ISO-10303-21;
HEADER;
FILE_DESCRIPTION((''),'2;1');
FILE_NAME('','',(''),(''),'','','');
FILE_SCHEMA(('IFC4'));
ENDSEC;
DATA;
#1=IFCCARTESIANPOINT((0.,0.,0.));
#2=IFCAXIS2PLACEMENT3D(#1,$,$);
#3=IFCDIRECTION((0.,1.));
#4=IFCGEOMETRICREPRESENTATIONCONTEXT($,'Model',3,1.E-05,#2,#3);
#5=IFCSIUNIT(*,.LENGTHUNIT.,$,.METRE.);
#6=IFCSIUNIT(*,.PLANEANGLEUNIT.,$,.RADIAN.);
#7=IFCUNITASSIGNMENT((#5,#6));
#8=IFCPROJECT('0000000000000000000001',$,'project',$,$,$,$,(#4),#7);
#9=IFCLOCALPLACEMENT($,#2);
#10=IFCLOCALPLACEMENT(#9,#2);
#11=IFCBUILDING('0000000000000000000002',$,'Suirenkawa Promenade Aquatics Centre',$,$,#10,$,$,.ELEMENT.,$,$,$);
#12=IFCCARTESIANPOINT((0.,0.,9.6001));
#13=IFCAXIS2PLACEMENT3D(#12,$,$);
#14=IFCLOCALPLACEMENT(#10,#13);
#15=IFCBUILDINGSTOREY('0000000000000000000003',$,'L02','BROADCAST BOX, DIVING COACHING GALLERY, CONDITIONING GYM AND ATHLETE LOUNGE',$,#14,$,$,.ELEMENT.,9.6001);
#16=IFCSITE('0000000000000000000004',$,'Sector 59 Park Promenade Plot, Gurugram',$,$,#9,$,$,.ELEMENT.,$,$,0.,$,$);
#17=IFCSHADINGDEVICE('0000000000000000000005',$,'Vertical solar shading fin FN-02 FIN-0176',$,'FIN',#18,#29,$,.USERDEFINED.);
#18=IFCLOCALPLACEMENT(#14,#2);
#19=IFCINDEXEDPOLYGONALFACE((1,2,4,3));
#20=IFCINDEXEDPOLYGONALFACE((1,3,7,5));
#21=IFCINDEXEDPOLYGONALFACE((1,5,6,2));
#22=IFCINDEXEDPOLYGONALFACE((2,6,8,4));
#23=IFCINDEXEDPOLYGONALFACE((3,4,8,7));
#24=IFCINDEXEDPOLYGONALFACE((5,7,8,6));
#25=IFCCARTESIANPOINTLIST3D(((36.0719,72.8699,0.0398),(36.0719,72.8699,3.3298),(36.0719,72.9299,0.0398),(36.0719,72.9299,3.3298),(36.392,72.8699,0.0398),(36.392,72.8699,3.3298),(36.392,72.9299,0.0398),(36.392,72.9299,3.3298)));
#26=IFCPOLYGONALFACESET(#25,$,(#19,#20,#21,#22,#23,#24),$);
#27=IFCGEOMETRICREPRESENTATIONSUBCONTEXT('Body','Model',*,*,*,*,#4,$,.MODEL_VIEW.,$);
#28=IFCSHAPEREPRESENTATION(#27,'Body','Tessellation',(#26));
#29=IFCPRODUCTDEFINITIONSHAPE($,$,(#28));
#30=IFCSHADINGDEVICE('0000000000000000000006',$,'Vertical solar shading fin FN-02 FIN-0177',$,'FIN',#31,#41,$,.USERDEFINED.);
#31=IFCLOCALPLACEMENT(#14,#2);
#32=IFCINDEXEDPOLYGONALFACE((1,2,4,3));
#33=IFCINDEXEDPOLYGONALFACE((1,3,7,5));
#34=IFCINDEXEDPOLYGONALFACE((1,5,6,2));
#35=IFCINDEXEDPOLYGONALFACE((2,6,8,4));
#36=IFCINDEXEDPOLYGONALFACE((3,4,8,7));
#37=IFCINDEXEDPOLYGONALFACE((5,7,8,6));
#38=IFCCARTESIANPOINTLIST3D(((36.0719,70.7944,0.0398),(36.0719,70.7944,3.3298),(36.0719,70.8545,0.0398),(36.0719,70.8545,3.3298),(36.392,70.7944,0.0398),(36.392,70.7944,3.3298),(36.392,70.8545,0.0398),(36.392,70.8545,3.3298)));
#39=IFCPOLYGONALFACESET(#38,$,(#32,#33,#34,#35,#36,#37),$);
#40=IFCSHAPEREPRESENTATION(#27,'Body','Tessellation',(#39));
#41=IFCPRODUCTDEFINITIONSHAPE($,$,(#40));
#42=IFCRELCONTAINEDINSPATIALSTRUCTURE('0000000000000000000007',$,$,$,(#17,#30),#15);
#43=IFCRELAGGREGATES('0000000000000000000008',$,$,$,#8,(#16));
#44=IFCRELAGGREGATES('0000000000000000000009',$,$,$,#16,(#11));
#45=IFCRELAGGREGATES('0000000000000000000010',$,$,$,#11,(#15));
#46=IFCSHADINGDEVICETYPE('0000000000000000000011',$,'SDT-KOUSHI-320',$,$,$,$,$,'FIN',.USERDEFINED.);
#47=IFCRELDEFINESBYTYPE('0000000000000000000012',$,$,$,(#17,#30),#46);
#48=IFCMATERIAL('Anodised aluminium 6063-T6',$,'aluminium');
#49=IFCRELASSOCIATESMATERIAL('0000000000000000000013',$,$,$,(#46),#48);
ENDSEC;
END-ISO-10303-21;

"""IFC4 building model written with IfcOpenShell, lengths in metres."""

from ifc_helpers import new_model, si_unit, direction, frame, origin, origin_2d, place, context, subcontext, project, spatial, rectangle, extrude, material, type_object, element, save


model = new_model("IFC4")

# Units and contexts
model_context = context("Model", 3, precision=1e-05, world=origin(), true_north=direction((0.0, 1.0)))
body_context = subcontext(model_context, "Body", "Model", "MODEL_VIEW")
ifc_project = project(units=[si_unit("LENGTHUNIT", "METRE"), si_unit("PLANEANGLEUNIT", "RADIAN")], contexts=[model_context])

# Site, building, storey
site_placement = place(None, origin())
site = spatial("IfcSite", under=ifc_project, at=site_placement, Name="Sector 59 Park Promenade Plot, Gurugram", CompositionType="ELEMENT", RefElevation=0.0)
building_placement = place(site_placement, origin())
building = spatial("IfcBuilding", under=site, at=building_placement, Name="Suirenkawa Promenade Aquatics Centre", CompositionType="ELEMENT")
storey_placement = place(building_placement, frame((0.0, 0.0, 9.6001)))
storey = spatial("IfcBuildingStorey", under=building, at=storey_placement, Name="L02", Description="BROADCAST BOX, DIVING COACHING GALLERY, CONDITIONING GYM AND ATHLETE LOUNGE", CompositionType="ELEMENT", Elevation=9.6001)

# Shared definitions
ifc_material_1 = material(Name="Anodised aluminium 6063-T6", Category="aluminium")

# Shading devices
shading_device_type = type_object("IfcShadingDeviceType", Name="SDT-KOUSHI-320", ElementType="FIN", PredefinedType="USERDEFINED", material=ifc_material_1)
for number, where, z_axis, x_axis, name in (
    (1, (36.2319, 72.8999, 0.0398), (0.0, 0.0, 1.0), (1.0, 0.0, 0.0), "Vertical solar shading fin FN-02 FIN-0176"),
    (2, (36.2319, 70.8245, 0.0398), (0.0, 0.0, 1.0), (1.0, 0.0, 0.0), "Vertical solar shading fin FN-02 FIN-0177"),
):
    element("IfcShadingDevice", number, at=place(storey_placement, frame(where, z_axis=z_axis, x_axis=x_axis)), inside=storey, type_object=shading_device_type, Name=name, ObjectType="FIN", PredefinedType="USERDEFINED", context=body_context, shape_type="SweptSolid", body=[
        extrude(rectangle(XDim=0.3201, YDim=0.0601, at=origin_2d()), origin(), (0.0, 0.0, 1.0), 3.29),
    ])

save(model, "model.ifc")
